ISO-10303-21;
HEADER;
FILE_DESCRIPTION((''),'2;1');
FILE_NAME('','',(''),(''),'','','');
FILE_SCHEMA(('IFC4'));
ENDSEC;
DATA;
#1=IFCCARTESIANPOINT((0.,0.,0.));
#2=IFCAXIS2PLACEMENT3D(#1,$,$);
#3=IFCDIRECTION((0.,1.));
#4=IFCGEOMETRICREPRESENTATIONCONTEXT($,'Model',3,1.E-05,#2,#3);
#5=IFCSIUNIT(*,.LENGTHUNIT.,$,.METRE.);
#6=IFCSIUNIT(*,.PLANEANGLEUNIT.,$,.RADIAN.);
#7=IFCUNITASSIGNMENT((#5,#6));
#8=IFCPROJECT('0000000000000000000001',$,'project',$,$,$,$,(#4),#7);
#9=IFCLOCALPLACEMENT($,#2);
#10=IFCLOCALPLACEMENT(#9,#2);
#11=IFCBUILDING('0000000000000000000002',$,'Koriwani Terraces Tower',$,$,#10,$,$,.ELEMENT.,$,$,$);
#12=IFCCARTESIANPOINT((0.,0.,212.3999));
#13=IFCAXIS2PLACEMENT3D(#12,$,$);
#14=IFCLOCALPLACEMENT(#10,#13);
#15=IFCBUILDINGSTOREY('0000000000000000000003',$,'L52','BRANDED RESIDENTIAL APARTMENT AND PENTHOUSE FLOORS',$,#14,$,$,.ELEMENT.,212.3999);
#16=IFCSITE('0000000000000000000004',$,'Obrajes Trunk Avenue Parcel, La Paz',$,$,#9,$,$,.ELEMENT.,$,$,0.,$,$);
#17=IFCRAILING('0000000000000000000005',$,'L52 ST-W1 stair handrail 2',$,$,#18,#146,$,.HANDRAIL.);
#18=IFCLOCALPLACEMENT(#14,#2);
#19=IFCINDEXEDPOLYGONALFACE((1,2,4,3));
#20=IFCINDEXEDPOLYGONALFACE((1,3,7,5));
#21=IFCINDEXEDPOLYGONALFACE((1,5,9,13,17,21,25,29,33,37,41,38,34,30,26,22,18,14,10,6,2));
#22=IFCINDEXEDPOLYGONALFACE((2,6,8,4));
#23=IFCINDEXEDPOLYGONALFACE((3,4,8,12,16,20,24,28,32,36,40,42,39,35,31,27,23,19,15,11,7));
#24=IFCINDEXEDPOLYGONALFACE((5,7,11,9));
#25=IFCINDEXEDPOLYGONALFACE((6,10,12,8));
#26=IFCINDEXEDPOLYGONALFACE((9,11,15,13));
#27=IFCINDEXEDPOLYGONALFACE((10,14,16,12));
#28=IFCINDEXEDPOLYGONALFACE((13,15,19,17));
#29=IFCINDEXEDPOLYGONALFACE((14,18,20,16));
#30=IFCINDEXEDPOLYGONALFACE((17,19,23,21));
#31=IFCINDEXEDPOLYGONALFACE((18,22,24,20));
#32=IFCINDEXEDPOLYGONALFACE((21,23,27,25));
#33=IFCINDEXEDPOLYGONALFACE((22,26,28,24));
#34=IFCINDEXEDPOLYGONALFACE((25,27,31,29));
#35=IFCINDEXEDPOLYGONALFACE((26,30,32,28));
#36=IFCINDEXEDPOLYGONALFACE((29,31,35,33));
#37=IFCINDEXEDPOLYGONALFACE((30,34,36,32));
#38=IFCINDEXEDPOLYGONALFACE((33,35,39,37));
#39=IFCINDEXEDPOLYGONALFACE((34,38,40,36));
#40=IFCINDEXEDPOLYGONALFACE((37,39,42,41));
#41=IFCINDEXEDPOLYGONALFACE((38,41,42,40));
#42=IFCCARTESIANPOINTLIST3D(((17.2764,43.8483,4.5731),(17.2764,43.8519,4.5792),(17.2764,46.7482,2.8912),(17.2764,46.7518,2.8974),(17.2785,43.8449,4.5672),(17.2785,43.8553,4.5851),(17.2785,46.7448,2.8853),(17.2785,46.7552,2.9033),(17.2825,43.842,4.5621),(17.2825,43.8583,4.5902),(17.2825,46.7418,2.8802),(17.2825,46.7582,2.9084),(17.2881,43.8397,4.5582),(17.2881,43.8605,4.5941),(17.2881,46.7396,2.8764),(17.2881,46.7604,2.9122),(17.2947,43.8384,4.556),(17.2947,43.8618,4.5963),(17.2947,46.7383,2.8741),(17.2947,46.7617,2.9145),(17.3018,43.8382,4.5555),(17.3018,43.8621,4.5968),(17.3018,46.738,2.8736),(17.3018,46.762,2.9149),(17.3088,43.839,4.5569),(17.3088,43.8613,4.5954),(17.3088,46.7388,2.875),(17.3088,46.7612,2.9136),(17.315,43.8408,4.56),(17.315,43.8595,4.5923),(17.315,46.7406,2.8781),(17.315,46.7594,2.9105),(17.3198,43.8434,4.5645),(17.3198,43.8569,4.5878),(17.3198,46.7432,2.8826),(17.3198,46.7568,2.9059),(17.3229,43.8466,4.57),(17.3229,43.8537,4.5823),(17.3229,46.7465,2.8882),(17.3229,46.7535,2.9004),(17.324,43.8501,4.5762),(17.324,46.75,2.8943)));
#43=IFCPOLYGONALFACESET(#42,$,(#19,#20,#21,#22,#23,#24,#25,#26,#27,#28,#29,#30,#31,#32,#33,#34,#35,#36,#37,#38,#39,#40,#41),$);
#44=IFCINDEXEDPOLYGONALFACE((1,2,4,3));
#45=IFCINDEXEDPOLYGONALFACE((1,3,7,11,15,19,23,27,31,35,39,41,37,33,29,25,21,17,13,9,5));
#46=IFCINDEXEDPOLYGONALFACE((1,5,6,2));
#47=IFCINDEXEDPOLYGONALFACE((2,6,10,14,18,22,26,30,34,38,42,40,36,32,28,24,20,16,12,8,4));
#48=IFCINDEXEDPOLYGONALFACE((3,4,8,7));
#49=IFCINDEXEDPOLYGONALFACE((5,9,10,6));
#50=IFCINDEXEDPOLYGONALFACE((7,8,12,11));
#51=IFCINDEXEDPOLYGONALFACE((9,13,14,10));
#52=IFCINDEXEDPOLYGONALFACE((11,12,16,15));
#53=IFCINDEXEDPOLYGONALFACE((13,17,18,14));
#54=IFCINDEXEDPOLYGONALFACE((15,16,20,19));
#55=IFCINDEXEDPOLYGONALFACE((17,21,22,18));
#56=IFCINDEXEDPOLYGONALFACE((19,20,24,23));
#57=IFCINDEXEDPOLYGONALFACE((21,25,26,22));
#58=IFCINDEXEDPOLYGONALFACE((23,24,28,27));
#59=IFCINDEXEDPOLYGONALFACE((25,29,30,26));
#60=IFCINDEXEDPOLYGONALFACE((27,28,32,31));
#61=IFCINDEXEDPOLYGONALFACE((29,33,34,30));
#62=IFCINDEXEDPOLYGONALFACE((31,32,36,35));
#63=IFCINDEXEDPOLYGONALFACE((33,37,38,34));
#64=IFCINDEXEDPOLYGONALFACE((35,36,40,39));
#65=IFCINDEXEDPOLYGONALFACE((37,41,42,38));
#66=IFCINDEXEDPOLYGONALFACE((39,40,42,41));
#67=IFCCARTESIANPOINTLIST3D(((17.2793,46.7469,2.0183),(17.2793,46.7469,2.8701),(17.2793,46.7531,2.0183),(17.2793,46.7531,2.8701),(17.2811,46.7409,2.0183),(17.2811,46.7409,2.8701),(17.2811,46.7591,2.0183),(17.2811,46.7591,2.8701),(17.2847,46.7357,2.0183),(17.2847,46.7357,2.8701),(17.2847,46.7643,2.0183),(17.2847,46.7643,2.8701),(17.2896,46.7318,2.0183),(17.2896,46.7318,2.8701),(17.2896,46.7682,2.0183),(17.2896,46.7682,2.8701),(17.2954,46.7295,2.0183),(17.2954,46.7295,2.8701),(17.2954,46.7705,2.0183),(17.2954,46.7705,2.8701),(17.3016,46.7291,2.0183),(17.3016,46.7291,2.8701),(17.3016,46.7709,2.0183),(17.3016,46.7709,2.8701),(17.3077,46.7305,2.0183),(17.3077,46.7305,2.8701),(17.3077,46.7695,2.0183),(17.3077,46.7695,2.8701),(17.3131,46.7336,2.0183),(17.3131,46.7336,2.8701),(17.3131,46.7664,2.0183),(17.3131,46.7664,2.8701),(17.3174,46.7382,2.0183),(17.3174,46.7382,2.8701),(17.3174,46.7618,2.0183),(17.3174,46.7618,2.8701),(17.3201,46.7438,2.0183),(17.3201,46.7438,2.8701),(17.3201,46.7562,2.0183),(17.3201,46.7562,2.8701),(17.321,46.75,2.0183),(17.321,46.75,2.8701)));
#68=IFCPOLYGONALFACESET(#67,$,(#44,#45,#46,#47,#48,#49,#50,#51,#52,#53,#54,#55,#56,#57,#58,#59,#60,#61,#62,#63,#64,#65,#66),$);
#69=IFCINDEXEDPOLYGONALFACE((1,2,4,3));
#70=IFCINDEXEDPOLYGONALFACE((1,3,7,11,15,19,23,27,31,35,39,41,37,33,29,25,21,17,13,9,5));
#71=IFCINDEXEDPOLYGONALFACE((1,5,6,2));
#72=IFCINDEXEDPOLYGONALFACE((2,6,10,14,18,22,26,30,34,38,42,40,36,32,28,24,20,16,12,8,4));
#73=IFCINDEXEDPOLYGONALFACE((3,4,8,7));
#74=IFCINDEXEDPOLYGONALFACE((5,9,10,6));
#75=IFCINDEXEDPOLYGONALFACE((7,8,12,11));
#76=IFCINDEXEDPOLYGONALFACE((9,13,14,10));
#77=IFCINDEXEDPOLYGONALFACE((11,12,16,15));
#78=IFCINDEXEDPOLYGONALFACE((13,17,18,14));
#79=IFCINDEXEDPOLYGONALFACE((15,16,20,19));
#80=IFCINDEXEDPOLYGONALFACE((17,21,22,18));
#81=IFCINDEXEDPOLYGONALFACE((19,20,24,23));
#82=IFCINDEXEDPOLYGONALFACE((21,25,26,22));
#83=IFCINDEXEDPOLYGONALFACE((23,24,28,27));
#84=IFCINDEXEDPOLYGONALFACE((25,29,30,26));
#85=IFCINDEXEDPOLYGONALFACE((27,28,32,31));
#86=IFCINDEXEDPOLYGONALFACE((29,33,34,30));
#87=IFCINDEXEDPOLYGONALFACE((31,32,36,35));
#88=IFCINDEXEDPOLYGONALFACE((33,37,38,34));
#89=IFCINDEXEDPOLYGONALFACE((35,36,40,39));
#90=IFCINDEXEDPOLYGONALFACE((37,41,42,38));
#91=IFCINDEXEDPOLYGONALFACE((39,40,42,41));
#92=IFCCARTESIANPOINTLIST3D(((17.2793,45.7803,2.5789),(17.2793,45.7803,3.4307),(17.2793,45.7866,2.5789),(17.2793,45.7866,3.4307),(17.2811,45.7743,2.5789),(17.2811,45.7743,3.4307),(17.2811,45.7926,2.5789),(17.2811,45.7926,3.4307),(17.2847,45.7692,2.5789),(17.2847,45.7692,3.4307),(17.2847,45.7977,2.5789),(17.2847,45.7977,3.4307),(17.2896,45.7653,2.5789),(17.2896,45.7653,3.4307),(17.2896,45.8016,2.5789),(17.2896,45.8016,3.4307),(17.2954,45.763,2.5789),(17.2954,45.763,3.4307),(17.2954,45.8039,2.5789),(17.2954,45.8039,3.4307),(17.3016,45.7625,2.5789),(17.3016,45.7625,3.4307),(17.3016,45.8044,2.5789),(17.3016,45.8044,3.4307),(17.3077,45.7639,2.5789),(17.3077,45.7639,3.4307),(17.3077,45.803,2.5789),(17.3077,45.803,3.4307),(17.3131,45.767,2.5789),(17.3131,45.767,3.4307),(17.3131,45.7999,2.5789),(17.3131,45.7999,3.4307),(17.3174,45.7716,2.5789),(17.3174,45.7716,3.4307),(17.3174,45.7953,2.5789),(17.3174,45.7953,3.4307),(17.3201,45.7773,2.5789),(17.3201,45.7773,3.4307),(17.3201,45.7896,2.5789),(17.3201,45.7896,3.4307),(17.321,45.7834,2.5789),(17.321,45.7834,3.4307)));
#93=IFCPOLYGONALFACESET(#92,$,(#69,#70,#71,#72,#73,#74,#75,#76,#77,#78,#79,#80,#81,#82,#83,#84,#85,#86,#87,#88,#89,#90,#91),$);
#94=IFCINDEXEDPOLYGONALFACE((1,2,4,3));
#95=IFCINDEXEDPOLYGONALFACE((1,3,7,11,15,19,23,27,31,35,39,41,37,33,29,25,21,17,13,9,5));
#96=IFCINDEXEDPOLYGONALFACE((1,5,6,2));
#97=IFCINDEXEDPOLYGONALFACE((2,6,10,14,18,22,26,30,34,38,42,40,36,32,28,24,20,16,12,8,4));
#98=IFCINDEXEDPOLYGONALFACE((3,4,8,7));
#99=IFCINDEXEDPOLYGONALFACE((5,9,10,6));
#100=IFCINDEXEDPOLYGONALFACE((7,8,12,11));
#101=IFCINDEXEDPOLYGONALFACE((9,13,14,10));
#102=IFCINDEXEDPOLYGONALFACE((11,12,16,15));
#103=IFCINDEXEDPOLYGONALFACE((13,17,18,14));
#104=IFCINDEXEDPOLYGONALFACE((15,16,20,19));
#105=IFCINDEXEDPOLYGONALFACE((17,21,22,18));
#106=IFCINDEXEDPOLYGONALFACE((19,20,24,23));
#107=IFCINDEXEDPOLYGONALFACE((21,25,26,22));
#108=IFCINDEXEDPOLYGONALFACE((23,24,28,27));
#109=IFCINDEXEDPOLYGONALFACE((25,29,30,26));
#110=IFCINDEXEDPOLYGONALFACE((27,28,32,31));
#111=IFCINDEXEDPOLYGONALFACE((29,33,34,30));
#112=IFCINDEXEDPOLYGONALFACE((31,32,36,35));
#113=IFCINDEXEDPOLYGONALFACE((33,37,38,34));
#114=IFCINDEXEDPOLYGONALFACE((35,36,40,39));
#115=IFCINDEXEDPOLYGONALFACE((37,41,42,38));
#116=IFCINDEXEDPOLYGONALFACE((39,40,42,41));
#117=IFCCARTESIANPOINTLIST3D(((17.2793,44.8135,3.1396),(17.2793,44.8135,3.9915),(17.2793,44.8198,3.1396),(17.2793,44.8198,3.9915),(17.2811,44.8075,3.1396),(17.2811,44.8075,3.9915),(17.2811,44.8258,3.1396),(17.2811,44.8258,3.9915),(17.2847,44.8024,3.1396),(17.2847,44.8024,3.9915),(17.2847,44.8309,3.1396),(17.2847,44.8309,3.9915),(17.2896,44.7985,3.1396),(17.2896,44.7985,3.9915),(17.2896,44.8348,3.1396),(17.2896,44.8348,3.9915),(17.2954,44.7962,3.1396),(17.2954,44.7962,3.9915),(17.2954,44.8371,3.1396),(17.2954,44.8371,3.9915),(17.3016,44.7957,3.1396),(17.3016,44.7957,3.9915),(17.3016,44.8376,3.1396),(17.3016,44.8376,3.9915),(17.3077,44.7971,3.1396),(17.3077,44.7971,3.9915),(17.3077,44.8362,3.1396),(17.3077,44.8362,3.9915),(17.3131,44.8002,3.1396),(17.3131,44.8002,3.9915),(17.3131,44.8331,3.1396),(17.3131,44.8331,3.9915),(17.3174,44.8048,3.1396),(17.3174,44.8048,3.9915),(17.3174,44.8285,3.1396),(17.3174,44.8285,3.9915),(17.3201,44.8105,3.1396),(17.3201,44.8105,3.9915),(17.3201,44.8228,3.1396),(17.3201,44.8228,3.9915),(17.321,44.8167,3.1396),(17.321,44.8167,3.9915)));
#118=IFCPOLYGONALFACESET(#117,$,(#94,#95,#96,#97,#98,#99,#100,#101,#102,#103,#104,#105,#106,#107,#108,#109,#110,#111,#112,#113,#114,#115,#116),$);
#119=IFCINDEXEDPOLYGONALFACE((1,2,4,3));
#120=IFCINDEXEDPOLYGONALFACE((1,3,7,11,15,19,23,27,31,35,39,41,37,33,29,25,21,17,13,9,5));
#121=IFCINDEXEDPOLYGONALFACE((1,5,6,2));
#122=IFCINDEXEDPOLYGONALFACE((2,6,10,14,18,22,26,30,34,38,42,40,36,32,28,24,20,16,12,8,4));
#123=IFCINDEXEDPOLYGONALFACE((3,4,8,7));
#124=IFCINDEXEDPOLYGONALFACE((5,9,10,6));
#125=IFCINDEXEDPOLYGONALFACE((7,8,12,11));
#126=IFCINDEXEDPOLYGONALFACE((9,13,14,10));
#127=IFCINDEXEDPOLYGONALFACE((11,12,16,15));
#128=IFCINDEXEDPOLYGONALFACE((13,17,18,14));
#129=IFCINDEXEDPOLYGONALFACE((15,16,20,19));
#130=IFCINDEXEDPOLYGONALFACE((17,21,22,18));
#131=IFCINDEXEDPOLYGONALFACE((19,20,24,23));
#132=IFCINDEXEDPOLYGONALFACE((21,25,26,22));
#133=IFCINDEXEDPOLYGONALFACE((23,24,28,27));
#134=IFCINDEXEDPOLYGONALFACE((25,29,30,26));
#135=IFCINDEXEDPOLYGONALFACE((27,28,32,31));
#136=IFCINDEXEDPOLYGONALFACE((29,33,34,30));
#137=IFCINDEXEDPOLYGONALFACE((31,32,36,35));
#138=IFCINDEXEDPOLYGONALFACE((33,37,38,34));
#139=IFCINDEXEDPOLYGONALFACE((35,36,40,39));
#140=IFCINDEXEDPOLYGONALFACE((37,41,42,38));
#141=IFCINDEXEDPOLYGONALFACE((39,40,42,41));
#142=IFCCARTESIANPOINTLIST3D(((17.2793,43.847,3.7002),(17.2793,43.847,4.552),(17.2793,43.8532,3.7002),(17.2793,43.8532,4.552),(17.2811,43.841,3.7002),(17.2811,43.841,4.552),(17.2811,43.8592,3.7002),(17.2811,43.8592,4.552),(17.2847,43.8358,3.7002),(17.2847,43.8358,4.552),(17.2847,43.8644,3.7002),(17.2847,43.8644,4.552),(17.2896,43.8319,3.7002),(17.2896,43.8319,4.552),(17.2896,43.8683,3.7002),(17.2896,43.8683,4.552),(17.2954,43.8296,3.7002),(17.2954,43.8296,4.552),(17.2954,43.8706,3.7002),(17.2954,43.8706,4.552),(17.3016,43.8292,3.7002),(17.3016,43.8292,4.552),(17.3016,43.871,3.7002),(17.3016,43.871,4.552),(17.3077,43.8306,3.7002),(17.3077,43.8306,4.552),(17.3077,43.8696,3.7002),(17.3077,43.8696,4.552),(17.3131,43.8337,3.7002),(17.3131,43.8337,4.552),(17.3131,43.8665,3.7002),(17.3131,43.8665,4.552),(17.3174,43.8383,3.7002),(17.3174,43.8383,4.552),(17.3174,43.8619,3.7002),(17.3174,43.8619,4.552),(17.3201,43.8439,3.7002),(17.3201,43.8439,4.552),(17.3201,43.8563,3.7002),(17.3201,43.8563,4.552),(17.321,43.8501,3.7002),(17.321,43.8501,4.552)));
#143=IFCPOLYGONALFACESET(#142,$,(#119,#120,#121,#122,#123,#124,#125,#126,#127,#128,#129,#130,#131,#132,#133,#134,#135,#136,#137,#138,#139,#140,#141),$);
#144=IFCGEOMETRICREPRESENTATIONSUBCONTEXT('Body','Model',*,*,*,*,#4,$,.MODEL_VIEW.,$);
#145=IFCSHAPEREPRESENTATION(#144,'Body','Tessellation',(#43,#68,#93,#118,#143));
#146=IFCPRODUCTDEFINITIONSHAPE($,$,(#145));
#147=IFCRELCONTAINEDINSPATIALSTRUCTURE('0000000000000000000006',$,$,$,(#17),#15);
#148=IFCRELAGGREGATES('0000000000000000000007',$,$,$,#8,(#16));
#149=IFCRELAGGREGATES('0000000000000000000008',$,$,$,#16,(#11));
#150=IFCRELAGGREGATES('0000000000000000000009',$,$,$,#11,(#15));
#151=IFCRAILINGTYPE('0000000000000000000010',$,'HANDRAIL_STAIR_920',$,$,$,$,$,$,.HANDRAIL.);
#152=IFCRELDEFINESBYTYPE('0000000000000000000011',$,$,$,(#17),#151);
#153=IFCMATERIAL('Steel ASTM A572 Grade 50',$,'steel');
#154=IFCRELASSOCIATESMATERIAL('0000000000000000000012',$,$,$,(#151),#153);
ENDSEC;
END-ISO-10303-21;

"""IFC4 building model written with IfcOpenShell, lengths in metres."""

from ifc_helpers import new_model, si_unit, direction, frame, origin, origin_2d, place, context, subcontext, project, spatial, circle, extrude, material, type_object, element, save


model = new_model("IFC4")

# Units and contexts
model_context = context("Model", 3, precision=1e-05, world=origin(), true_north=direction((0.0, 1.0)))
body_context = subcontext(model_context, "Body", "Model", "MODEL_VIEW")
ifc_project = project(units=[si_unit("LENGTHUNIT", "METRE"), si_unit("PLANEANGLEUNIT", "RADIAN")], contexts=[model_context])

# Site, building, storey
site_placement = place(None, origin())
site = spatial("IfcSite", under=ifc_project, at=site_placement, Name="Obrajes Trunk Avenue Parcel, La Paz", CompositionType="ELEMENT", RefElevation=0.0)
building_placement = place(site_placement, origin())
building = spatial("IfcBuilding", under=site, at=building_placement, Name="Koriwani Terraces Tower", CompositionType="ELEMENT")
storey_placement = place(building_placement, frame((0.0, 0.0, 212.3999)))
storey = spatial("IfcBuildingStorey", under=building, at=storey_placement, Name="L52", Description="BRANDED RESIDENTIAL APARTMENT AND PENTHOUSE FLOORS", CompositionType="ELEMENT", Elevation=212.3999)

# Shared definitions
ifc_material_1 = material(Name="Steel ASTM A572 Grade 50", Category="steel")

# Railing
railing_type = type_object("IfcRailingType", Name="HANDRAIL_STAIR_920", PredefinedType="HANDRAIL", material=ifc_material_1)
for number, where, name in (
    (1, (17.3, 46.75, 2.0183), "L52 ST-W1 stair handrail 2"),
):
    element("IfcRailing", number, at=place(storey_placement, frame(where)), inside=storey, type_object=railing_type, Name=name, PredefinedType="HANDRAIL", context=body_context, shape_type="SweptSolid", body=[
        extrude(circle(Radius=0.0239, at=origin_2d()), frame((0.0, 0.0, 0.876), z_axis=(0.0, -0.865039, 0.501705), x_axis=(1.0, 0.0, 0.0)), (0.0, 0.0, 1.0), 3.3523),
        extrude(circle(Radius=0.021, at=origin_2d()), origin(), (0.0, 0.0, 1.0), 0.8518),
        extrude(circle(Radius=0.021, at=origin_2d()), frame((0.0, -0.9666, 0.5605)), (0.0, 0.0, 1.0), 0.8518),
        extrude(circle(Radius=0.021, at=origin_2d()), frame((0.0, -1.9333, 1.1213)), (0.0, 0.0, 1.0), 0.8518),
        extrude(circle(Radius=0.021, at=origin_2d()), frame((0.0, -2.8999, 1.6819)), (0.0, 0.0, 1.0), 0.8518),
    ])

save(model, "model.ifc")
